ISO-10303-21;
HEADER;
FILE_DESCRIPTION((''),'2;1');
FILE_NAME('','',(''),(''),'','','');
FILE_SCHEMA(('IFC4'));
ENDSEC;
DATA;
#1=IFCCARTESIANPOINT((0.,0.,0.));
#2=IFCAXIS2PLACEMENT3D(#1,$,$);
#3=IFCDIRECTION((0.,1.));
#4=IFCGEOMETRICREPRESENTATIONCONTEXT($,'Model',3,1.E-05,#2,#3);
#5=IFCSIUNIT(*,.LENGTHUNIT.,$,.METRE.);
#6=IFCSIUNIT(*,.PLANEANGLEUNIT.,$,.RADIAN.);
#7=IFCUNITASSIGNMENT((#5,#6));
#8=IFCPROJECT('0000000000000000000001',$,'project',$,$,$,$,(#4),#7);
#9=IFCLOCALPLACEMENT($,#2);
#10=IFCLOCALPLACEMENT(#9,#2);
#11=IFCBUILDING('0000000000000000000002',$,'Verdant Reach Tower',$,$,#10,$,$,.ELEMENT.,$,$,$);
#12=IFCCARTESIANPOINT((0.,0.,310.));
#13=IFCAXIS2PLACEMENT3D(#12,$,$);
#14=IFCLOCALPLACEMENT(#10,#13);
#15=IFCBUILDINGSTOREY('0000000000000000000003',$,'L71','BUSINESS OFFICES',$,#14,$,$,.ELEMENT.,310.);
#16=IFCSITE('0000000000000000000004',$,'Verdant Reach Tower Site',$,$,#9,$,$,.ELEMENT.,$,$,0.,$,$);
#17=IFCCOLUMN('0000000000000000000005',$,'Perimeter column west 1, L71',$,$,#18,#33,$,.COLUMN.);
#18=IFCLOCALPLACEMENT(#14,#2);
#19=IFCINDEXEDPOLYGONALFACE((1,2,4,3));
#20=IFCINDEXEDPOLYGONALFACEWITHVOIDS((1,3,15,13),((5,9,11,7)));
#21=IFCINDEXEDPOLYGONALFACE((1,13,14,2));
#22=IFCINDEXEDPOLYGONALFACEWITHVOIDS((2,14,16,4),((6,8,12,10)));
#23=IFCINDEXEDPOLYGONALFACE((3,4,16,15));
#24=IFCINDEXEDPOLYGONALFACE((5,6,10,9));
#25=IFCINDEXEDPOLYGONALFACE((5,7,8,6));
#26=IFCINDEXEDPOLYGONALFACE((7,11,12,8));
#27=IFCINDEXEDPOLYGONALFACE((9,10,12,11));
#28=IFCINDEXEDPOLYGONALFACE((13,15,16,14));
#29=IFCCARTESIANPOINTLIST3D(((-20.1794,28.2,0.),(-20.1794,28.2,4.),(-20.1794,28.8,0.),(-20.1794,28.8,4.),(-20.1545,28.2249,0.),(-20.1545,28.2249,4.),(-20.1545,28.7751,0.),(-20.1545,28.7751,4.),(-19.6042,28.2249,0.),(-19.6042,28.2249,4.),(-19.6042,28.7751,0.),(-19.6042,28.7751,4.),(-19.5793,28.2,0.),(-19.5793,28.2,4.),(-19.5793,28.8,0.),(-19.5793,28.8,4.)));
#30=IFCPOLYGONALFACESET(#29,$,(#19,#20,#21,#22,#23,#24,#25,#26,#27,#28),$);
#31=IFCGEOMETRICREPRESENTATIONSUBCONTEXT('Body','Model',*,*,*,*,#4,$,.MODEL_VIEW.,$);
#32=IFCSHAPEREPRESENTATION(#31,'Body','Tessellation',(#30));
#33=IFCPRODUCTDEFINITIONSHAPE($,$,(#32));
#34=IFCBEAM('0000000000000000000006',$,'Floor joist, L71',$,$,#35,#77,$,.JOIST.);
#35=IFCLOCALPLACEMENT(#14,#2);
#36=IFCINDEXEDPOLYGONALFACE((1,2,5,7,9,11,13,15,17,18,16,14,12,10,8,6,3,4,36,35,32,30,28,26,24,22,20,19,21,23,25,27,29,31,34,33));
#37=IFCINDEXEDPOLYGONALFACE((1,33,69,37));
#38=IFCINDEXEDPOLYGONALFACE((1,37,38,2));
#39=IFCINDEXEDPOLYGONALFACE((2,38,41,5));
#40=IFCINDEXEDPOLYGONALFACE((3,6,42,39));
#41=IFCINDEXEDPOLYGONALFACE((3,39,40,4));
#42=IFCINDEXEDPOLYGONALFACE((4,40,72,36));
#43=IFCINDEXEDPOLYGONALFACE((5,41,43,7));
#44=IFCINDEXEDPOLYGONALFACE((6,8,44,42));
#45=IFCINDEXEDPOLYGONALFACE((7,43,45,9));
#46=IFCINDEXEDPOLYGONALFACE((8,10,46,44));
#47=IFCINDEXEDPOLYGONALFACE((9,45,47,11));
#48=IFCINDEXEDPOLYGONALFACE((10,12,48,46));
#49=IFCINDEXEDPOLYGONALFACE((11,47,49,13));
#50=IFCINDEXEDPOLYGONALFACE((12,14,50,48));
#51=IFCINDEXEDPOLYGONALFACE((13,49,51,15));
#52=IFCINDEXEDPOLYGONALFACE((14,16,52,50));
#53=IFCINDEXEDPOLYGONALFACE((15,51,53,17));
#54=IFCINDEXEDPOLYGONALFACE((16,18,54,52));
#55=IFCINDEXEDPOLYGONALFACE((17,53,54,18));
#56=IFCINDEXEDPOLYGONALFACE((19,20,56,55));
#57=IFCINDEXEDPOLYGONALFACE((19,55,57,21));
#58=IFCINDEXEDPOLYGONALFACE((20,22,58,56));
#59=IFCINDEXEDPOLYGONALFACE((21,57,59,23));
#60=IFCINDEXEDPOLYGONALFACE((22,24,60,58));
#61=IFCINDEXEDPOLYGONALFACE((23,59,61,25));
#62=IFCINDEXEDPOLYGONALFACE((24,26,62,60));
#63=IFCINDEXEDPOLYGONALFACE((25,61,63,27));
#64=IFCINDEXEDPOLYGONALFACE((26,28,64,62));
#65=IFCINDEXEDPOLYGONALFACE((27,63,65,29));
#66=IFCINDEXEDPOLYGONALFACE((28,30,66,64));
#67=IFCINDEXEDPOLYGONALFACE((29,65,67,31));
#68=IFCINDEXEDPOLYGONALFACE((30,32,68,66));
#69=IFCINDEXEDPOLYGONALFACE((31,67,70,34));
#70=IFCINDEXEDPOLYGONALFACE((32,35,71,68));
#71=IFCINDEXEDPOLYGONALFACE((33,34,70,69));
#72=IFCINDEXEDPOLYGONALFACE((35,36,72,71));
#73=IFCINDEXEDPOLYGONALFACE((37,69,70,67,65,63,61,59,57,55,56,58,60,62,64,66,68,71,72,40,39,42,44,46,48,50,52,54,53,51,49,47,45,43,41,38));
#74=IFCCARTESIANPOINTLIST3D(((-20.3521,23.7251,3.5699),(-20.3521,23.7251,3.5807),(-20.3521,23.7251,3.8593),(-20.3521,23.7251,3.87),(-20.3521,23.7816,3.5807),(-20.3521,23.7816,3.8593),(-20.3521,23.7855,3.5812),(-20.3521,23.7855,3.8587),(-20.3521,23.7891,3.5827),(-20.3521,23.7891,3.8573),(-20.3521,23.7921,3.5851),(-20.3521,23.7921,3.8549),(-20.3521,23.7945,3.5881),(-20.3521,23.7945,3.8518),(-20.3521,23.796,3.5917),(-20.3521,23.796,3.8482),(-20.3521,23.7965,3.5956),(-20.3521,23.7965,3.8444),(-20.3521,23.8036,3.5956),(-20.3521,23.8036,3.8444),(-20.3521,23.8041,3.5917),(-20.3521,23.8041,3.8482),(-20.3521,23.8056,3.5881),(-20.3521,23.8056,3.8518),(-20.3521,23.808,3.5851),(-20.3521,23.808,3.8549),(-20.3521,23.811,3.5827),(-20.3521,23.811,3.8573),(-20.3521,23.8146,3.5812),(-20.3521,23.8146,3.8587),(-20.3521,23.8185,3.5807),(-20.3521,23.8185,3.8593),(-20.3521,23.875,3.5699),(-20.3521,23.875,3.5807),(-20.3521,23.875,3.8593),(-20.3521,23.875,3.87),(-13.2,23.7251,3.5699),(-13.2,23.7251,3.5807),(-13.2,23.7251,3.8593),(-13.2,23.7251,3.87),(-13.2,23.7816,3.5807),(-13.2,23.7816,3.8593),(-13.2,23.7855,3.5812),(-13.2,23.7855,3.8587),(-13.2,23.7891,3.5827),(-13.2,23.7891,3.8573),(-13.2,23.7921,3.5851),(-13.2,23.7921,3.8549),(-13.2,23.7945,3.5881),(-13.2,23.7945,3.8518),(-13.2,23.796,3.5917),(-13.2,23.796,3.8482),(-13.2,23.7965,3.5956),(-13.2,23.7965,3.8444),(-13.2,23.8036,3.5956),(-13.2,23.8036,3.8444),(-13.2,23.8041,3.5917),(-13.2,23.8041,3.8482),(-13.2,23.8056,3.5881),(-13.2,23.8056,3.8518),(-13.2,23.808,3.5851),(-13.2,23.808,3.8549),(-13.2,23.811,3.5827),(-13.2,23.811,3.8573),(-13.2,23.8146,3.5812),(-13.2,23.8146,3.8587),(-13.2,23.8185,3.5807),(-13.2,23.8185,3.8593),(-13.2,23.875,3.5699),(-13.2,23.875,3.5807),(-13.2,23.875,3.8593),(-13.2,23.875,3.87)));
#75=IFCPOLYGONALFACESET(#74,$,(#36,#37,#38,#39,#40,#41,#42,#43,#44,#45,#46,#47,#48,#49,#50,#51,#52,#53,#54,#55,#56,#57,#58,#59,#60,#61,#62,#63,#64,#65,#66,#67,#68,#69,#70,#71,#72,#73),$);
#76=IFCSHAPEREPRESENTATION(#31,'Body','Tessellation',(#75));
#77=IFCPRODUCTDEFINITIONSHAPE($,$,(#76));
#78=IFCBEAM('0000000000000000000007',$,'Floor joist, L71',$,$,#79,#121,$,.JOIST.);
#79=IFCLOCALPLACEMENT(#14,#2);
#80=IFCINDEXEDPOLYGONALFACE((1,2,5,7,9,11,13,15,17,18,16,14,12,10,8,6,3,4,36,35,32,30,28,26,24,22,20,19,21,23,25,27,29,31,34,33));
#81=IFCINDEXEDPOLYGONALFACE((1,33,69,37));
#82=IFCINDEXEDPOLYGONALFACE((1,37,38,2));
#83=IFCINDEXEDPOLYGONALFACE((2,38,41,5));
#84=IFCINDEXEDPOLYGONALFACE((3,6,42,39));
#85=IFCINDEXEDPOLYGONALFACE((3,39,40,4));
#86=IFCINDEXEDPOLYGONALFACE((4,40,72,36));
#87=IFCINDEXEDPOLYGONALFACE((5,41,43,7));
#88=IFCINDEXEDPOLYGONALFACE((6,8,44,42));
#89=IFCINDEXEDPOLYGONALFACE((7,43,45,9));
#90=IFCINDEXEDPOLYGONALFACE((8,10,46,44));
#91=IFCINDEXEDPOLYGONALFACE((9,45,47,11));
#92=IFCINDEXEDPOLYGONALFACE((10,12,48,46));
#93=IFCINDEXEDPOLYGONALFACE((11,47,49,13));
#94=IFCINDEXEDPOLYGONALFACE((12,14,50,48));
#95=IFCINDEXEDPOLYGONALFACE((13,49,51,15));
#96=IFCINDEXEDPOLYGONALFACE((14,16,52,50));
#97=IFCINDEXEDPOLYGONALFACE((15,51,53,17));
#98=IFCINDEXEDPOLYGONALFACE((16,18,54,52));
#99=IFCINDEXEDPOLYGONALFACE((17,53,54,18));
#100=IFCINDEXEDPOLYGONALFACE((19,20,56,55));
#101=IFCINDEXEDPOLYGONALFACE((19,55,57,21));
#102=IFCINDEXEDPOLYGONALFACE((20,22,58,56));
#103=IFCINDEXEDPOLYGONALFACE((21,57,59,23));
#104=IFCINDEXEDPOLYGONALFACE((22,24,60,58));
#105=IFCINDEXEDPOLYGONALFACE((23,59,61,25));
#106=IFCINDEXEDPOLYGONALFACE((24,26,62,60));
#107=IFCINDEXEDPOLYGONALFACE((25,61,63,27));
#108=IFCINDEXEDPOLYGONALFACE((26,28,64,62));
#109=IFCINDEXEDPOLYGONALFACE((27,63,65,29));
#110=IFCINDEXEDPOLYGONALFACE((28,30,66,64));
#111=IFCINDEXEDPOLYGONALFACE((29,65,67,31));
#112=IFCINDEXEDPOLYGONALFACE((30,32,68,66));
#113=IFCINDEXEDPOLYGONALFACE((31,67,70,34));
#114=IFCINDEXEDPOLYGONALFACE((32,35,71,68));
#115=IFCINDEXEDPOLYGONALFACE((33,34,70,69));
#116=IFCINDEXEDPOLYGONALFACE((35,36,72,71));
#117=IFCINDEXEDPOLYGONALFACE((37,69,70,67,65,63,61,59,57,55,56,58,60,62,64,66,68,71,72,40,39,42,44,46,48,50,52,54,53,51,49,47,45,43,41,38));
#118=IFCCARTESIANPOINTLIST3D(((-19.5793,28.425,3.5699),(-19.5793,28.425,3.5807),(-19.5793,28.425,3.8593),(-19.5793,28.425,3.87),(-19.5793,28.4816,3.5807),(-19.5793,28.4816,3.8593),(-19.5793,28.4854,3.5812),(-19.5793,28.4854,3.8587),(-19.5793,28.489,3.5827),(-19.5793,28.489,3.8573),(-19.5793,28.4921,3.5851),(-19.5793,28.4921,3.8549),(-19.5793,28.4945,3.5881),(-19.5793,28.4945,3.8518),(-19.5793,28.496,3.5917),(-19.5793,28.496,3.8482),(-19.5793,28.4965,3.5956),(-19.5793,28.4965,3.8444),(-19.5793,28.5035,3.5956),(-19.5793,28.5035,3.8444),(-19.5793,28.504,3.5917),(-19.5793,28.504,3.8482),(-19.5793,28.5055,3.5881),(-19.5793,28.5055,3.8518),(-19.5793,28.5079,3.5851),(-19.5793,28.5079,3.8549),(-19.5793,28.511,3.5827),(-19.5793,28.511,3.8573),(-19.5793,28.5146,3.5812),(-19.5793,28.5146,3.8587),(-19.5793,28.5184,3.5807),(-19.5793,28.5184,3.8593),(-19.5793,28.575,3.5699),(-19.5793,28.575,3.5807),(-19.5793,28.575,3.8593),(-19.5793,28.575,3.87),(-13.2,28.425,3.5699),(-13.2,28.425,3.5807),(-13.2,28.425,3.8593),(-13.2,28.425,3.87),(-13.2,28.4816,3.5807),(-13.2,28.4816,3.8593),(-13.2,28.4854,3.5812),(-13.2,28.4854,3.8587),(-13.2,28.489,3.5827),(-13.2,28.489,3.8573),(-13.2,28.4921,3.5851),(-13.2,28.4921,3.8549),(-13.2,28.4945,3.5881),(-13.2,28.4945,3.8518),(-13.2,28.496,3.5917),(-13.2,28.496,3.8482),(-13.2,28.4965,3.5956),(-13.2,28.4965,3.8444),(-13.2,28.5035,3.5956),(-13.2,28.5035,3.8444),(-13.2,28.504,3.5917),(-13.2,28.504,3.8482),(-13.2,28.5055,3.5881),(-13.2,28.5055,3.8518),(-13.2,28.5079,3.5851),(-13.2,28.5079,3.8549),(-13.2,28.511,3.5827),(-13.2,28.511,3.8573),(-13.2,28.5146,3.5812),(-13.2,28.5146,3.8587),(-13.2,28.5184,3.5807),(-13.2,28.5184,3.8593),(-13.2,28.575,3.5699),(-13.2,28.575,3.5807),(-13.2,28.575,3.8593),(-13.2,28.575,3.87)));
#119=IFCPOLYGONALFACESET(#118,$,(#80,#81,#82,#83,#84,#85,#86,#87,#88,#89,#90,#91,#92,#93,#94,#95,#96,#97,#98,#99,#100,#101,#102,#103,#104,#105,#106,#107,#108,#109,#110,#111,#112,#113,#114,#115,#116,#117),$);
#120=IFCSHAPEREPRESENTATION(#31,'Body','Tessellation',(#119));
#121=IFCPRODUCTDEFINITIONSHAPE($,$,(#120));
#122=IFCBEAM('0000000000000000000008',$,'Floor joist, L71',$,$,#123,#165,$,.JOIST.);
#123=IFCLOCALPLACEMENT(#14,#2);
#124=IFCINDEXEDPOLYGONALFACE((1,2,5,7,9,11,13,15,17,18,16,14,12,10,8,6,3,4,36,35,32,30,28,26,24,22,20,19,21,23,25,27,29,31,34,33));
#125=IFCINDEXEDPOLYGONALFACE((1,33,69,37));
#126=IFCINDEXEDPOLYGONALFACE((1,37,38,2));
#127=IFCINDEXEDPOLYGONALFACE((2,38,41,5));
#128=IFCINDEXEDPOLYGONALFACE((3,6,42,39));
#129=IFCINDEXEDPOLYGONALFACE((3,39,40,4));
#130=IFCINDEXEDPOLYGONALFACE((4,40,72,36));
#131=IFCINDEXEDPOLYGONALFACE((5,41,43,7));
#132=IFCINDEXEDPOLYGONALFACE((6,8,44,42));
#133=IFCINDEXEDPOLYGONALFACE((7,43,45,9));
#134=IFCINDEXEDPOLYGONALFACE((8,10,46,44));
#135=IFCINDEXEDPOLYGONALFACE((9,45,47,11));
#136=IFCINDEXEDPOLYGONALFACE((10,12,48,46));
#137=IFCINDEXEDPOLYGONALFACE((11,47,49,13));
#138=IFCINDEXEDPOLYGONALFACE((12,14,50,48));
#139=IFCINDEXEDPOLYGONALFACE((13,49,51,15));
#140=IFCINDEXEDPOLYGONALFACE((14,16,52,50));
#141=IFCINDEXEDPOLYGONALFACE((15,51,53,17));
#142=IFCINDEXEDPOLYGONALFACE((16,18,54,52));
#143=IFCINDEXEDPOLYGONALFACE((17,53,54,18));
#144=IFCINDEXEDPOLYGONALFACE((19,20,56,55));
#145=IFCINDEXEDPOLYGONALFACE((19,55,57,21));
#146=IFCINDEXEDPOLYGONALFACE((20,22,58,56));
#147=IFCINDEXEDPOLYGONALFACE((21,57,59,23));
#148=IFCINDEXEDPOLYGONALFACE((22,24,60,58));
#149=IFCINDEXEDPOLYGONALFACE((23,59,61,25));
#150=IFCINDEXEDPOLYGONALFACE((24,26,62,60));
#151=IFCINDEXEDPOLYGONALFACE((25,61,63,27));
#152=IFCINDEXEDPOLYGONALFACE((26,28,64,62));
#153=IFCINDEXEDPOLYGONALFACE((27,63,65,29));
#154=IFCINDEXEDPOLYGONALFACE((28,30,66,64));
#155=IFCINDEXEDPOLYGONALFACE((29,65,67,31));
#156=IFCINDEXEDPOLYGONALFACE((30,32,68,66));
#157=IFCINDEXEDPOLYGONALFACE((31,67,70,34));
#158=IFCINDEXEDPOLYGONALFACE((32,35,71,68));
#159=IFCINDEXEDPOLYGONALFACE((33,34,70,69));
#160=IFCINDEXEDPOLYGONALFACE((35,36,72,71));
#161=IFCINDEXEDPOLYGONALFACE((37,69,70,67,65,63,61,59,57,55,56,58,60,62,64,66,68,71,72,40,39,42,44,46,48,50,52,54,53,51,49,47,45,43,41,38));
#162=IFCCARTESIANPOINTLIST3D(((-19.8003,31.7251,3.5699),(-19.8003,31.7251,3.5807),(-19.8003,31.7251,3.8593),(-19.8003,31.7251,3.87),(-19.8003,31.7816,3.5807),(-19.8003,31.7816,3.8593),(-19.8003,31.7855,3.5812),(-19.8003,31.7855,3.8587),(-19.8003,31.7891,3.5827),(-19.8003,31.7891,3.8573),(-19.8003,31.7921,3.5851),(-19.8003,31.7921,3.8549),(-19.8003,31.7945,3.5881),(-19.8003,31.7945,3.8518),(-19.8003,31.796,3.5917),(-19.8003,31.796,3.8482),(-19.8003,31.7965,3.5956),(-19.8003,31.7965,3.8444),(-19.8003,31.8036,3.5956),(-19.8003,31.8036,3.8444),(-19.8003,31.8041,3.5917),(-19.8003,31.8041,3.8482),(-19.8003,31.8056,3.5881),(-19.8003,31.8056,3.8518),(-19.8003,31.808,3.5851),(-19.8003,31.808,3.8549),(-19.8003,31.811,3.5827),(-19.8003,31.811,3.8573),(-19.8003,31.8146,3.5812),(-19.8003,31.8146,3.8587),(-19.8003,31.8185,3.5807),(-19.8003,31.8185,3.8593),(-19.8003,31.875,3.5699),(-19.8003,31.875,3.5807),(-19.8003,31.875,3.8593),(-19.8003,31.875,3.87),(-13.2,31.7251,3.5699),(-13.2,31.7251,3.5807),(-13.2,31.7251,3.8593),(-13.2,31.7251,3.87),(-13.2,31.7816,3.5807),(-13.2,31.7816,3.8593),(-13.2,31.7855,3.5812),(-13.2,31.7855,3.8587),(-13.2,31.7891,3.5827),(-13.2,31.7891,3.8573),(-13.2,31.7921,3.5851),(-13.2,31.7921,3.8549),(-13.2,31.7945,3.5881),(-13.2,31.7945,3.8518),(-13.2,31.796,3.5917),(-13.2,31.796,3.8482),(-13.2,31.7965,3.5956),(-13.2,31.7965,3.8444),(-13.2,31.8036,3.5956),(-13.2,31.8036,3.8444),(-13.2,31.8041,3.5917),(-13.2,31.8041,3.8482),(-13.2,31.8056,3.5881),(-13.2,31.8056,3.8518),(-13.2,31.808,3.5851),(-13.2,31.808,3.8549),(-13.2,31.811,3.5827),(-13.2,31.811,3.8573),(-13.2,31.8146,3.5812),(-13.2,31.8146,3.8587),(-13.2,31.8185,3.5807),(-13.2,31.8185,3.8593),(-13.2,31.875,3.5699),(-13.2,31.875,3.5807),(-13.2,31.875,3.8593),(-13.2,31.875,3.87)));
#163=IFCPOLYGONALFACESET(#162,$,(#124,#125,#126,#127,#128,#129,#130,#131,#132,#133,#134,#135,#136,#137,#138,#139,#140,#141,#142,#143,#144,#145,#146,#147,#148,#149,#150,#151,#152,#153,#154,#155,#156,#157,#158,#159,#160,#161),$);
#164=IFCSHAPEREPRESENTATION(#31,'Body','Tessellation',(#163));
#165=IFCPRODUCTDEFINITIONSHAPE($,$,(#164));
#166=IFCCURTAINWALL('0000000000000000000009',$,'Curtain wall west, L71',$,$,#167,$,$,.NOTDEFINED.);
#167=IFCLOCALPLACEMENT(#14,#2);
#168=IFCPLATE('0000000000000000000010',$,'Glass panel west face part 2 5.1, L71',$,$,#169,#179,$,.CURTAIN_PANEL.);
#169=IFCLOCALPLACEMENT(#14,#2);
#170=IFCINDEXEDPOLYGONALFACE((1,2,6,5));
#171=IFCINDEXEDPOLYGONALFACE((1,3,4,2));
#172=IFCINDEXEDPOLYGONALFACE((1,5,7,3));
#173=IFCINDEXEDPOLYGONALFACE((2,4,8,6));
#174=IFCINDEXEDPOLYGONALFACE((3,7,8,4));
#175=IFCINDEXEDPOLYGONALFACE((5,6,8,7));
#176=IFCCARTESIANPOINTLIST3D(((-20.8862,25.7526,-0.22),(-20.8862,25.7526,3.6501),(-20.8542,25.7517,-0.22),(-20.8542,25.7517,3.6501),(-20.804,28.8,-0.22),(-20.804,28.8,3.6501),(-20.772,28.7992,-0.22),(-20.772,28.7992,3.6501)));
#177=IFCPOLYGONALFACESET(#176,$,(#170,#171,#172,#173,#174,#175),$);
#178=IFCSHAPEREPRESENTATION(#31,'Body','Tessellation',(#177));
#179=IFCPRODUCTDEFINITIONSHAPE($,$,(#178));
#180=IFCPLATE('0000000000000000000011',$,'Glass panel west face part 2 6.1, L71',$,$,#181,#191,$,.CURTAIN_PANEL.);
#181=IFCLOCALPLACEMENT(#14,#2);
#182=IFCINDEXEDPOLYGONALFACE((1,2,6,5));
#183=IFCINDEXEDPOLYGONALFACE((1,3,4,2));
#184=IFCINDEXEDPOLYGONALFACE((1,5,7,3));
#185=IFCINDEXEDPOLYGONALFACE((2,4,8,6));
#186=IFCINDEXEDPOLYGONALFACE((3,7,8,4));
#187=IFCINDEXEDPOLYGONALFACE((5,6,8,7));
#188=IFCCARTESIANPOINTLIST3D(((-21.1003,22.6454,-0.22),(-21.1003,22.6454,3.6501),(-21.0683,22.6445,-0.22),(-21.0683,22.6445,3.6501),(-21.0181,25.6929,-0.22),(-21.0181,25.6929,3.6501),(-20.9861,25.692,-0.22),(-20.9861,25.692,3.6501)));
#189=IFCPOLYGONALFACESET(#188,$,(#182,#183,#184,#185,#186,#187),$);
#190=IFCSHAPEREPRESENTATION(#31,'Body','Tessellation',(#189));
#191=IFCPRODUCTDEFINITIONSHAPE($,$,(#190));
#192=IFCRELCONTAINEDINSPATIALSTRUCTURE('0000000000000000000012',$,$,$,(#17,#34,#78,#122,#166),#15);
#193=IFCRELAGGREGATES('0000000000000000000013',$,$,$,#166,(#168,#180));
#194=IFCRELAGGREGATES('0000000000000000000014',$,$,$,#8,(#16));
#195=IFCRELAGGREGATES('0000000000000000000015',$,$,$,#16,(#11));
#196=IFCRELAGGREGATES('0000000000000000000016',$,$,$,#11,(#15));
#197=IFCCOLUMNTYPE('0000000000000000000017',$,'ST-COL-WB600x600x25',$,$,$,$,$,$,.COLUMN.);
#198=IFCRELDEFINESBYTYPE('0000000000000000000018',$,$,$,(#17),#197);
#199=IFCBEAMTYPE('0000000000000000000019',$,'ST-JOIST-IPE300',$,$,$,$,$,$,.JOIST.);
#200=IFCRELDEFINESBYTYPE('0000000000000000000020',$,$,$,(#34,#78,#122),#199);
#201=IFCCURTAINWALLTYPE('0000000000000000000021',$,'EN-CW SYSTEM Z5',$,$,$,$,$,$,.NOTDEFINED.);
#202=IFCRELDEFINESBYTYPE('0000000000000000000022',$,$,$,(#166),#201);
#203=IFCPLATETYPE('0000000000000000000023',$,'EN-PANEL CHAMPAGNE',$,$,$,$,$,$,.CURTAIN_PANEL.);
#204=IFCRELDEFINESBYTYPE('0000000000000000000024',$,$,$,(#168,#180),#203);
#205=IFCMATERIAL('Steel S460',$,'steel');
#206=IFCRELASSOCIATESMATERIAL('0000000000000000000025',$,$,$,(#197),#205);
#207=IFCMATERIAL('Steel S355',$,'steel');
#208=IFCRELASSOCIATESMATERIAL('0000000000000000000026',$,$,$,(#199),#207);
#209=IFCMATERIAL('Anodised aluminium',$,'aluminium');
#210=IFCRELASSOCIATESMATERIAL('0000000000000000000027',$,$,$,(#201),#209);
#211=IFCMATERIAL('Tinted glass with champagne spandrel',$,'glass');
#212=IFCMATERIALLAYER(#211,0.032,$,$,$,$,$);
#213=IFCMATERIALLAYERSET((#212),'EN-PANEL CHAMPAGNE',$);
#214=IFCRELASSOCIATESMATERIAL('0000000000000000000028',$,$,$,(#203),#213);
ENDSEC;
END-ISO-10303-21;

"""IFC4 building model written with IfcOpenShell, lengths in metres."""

from ifc_helpers import new_model, si_unit, direction, frame, origin, origin_2d, place, context, subcontext, project, spatial, rectangle, hollow_rectangle, i_section, extrude, material, layer, layer_set, material_profile, profile_set, type_object, element, aggregate, save


model = new_model("IFC4")

# Units and contexts
model_context = context("Model", 3, precision=1e-05, world=origin(), true_north=direction((0.0, 1.0)))
body_context = subcontext(model_context, "Body", "Model", "MODEL_VIEW")
ifc_project = project(units=[si_unit("LENGTHUNIT", "METRE"), si_unit("PLANEANGLEUNIT", "RADIAN")], contexts=[model_context])

# Site, building, storey
site_placement = place(None, origin())
site = spatial("IfcSite", under=ifc_project, at=site_placement, Name="Verdant Reach Tower Site", CompositionType="ELEMENT", RefElevation=0.0)
building_placement = place(site_placement, origin())
building = spatial("IfcBuilding", under=site, at=building_placement, Name="Verdant Reach Tower", CompositionType="ELEMENT")
storey_placement = place(building_placement, frame((0.0, 0.0, 310.0)))
storey = spatial("IfcBuildingStorey", under=building, at=storey_placement, Name="L71", Description="BUSINESS OFFICES", CompositionType="ELEMENT", Elevation=310.0)

# Column
ifc_material_1 = material(Name="Steel S460", Category="steel")
ifc_material_profile_1 = material_profile(ifc_material_1, hollow_rectangle(XDim=0.6001, YDim=0.6001, WallThickness=0.0249, at=origin_2d()), Name="WB 600x600x25")
ifc_profile_set_1 = profile_set([ifc_material_profile_1], Name="Steel S460")
column_type = type_object("IfcColumnType", Name="ST-COL-WB600x600x25", PredefinedType="COLUMN", material=ifc_profile_set_1)
column_placement = place(storey_placement, frame((-19.8794, 28.5, 0.0), z_axis=(0.0, 0.0, 1.0), x_axis=(1.0, 0.0, 0.0)))
element("IfcColumn", 1, at=column_placement, inside=storey, type_object=column_type, Name="Perimeter column west 1, L71", PredefinedType="COLUMN", context=body_context, shape_type="SweptSolid", body=[
    extrude(hollow_rectangle(XDim=0.6001, YDim=0.6001, WallThickness=0.0249, at=origin_2d()), origin(), (0.0, 0.0, 1.0), 4.0),
])

# Beams
ifc_material_2 = material(Name="Steel S355", Category="steel")
ifc_material_profile_2 = material_profile(ifc_material_2, i_section(OverallWidth=0.1499, OverallDepth=0.3, WebThickness=0.0071, FlangeThickness=0.0107, FilletRadius=0.0149, at=origin_2d()), Name="IPE 300")
ifc_profile_set_2 = profile_set([ifc_material_profile_2], Name="Steel S355")
beam_type = type_object("IfcBeamType", Name="ST-JOIST-IPE300", PredefinedType="JOIST", material=ifc_profile_set_2)
beam_1_placement = place(storey_placement, frame((-13.2, 23.8, 3.72), z_axis=(-1.0, 0.0, 0.0), x_axis=(0.0, -1.0, 0.0)))
element("IfcBeam", 2, at=beam_1_placement, inside=storey, type_object=beam_type, Name="Floor joist, L71", PredefinedType="JOIST", context=body_context, shape_type="SweptSolid", body=[
    extrude(i_section(OverallWidth=0.1499, OverallDepth=0.3, WebThickness=0.0071, FlangeThickness=0.0107, FilletRadius=0.0149, at=origin_2d()), origin(), (0.0, 0.0, 1.0), 7.1521),
])
beam_2_placement = place(storey_placement, frame((-13.2, 28.5, 3.72), z_axis=(-1.0, 0.0, 0.0), x_axis=(0.0, -1.0, 0.0)))
element("IfcBeam", 3, at=beam_2_placement, inside=storey, type_object=beam_type, Name="Floor joist, L71", PredefinedType="JOIST", context=body_context, shape_type="SweptSolid", body=[
    extrude(i_section(OverallWidth=0.1499, OverallDepth=0.3, WebThickness=0.0071, FlangeThickness=0.0107, FilletRadius=0.0149, at=origin_2d()), origin(), (0.0, 0.0, 1.0), 6.3794),
])
beam_3_placement = place(storey_placement, frame((-13.2, 31.8, 3.72), z_axis=(-1.0, 0.0, 0.0), x_axis=(0.0, -1.0, 0.0)))
element("IfcBeam", 4, at=beam_3_placement, inside=storey, type_object=beam_type, Name="Floor joist, L71", PredefinedType="JOIST", context=body_context, shape_type="SweptSolid", body=[
    extrude(i_section(OverallWidth=0.1499, OverallDepth=0.3, WebThickness=0.0071, FlangeThickness=0.0107, FilletRadius=0.0149, at=origin_2d()), origin(), (0.0, 0.0, 1.0), 6.6003),
])

# Curtain wall, plates
ifc_material_3 = material(Name="Anodised aluminium", Category="aluminium")
curtain_wall_type = type_object("IfcCurtainWallType", Name="EN-CW SYSTEM Z5", PredefinedType="NOTDEFINED", material=ifc_material_3)
curtain_wall_placement = place(storey_placement, origin())
curtain_wall = element("IfcCurtainWall", 5, at=curtain_wall_placement, inside=storey, type_object=curtain_wall_type, Name="Curtain wall west, L71", PredefinedType="NOTDEFINED")
ifc_material_4 = material(Name="Tinted glass with champagne spandrel", Category="glass")
ifc_layer_1 = layer(ifc_material_4, 0.032)
ifc_layer_set_1 = layer_set([ifc_layer_1], Name="EN-PANEL CHAMPAGNE")
plate_type_1 = type_object("IfcPlateType", Name="EN-PANEL CHAMPAGNE", PredefinedType="CURTAIN_PANEL", material=ifc_layer_set_1)
plate_1_placement = place(storey_placement, frame((-20.8291, 27.2759, -0.22), z_axis=(0.0, 0.0, 1.0), x_axis=(-0.026965, -0.999636, 0.0)))
plate_1 = element("IfcPlate", 6, at=plate_1_placement, type_object=plate_type_1, Name="Glass panel west face part 2 5.1, L71", PredefinedType="CURTAIN_PANEL", context=body_context, shape_type="SweptSolid", body=[
    extrude(rectangle(XDim=3.0486, YDim=0.032, at=origin_2d()), origin(), (0.0, 0.0, 1.0), 3.8701),
])
plate_2_placement = place(storey_placement, frame((-21.0432, 24.1687, -0.22), z_axis=(0.0, 0.0, 1.0), x_axis=(-0.026965, -0.999636, 0.0)))
plate_2 = element("IfcPlate", 7, at=plate_2_placement, type_object=plate_type_1, Name="Glass panel west face part 2 6.1, L71", PredefinedType="CURTAIN_PANEL", context=body_context, shape_type="SweptSolid", body=[
    extrude(rectangle(XDim=3.0486, YDim=0.032, at=origin_2d()), origin(), (0.0, 0.0, 1.0), 3.8701),
])
aggregate(curtain_wall, [plate_1, plate_2])

save(model, "model.ifc")
